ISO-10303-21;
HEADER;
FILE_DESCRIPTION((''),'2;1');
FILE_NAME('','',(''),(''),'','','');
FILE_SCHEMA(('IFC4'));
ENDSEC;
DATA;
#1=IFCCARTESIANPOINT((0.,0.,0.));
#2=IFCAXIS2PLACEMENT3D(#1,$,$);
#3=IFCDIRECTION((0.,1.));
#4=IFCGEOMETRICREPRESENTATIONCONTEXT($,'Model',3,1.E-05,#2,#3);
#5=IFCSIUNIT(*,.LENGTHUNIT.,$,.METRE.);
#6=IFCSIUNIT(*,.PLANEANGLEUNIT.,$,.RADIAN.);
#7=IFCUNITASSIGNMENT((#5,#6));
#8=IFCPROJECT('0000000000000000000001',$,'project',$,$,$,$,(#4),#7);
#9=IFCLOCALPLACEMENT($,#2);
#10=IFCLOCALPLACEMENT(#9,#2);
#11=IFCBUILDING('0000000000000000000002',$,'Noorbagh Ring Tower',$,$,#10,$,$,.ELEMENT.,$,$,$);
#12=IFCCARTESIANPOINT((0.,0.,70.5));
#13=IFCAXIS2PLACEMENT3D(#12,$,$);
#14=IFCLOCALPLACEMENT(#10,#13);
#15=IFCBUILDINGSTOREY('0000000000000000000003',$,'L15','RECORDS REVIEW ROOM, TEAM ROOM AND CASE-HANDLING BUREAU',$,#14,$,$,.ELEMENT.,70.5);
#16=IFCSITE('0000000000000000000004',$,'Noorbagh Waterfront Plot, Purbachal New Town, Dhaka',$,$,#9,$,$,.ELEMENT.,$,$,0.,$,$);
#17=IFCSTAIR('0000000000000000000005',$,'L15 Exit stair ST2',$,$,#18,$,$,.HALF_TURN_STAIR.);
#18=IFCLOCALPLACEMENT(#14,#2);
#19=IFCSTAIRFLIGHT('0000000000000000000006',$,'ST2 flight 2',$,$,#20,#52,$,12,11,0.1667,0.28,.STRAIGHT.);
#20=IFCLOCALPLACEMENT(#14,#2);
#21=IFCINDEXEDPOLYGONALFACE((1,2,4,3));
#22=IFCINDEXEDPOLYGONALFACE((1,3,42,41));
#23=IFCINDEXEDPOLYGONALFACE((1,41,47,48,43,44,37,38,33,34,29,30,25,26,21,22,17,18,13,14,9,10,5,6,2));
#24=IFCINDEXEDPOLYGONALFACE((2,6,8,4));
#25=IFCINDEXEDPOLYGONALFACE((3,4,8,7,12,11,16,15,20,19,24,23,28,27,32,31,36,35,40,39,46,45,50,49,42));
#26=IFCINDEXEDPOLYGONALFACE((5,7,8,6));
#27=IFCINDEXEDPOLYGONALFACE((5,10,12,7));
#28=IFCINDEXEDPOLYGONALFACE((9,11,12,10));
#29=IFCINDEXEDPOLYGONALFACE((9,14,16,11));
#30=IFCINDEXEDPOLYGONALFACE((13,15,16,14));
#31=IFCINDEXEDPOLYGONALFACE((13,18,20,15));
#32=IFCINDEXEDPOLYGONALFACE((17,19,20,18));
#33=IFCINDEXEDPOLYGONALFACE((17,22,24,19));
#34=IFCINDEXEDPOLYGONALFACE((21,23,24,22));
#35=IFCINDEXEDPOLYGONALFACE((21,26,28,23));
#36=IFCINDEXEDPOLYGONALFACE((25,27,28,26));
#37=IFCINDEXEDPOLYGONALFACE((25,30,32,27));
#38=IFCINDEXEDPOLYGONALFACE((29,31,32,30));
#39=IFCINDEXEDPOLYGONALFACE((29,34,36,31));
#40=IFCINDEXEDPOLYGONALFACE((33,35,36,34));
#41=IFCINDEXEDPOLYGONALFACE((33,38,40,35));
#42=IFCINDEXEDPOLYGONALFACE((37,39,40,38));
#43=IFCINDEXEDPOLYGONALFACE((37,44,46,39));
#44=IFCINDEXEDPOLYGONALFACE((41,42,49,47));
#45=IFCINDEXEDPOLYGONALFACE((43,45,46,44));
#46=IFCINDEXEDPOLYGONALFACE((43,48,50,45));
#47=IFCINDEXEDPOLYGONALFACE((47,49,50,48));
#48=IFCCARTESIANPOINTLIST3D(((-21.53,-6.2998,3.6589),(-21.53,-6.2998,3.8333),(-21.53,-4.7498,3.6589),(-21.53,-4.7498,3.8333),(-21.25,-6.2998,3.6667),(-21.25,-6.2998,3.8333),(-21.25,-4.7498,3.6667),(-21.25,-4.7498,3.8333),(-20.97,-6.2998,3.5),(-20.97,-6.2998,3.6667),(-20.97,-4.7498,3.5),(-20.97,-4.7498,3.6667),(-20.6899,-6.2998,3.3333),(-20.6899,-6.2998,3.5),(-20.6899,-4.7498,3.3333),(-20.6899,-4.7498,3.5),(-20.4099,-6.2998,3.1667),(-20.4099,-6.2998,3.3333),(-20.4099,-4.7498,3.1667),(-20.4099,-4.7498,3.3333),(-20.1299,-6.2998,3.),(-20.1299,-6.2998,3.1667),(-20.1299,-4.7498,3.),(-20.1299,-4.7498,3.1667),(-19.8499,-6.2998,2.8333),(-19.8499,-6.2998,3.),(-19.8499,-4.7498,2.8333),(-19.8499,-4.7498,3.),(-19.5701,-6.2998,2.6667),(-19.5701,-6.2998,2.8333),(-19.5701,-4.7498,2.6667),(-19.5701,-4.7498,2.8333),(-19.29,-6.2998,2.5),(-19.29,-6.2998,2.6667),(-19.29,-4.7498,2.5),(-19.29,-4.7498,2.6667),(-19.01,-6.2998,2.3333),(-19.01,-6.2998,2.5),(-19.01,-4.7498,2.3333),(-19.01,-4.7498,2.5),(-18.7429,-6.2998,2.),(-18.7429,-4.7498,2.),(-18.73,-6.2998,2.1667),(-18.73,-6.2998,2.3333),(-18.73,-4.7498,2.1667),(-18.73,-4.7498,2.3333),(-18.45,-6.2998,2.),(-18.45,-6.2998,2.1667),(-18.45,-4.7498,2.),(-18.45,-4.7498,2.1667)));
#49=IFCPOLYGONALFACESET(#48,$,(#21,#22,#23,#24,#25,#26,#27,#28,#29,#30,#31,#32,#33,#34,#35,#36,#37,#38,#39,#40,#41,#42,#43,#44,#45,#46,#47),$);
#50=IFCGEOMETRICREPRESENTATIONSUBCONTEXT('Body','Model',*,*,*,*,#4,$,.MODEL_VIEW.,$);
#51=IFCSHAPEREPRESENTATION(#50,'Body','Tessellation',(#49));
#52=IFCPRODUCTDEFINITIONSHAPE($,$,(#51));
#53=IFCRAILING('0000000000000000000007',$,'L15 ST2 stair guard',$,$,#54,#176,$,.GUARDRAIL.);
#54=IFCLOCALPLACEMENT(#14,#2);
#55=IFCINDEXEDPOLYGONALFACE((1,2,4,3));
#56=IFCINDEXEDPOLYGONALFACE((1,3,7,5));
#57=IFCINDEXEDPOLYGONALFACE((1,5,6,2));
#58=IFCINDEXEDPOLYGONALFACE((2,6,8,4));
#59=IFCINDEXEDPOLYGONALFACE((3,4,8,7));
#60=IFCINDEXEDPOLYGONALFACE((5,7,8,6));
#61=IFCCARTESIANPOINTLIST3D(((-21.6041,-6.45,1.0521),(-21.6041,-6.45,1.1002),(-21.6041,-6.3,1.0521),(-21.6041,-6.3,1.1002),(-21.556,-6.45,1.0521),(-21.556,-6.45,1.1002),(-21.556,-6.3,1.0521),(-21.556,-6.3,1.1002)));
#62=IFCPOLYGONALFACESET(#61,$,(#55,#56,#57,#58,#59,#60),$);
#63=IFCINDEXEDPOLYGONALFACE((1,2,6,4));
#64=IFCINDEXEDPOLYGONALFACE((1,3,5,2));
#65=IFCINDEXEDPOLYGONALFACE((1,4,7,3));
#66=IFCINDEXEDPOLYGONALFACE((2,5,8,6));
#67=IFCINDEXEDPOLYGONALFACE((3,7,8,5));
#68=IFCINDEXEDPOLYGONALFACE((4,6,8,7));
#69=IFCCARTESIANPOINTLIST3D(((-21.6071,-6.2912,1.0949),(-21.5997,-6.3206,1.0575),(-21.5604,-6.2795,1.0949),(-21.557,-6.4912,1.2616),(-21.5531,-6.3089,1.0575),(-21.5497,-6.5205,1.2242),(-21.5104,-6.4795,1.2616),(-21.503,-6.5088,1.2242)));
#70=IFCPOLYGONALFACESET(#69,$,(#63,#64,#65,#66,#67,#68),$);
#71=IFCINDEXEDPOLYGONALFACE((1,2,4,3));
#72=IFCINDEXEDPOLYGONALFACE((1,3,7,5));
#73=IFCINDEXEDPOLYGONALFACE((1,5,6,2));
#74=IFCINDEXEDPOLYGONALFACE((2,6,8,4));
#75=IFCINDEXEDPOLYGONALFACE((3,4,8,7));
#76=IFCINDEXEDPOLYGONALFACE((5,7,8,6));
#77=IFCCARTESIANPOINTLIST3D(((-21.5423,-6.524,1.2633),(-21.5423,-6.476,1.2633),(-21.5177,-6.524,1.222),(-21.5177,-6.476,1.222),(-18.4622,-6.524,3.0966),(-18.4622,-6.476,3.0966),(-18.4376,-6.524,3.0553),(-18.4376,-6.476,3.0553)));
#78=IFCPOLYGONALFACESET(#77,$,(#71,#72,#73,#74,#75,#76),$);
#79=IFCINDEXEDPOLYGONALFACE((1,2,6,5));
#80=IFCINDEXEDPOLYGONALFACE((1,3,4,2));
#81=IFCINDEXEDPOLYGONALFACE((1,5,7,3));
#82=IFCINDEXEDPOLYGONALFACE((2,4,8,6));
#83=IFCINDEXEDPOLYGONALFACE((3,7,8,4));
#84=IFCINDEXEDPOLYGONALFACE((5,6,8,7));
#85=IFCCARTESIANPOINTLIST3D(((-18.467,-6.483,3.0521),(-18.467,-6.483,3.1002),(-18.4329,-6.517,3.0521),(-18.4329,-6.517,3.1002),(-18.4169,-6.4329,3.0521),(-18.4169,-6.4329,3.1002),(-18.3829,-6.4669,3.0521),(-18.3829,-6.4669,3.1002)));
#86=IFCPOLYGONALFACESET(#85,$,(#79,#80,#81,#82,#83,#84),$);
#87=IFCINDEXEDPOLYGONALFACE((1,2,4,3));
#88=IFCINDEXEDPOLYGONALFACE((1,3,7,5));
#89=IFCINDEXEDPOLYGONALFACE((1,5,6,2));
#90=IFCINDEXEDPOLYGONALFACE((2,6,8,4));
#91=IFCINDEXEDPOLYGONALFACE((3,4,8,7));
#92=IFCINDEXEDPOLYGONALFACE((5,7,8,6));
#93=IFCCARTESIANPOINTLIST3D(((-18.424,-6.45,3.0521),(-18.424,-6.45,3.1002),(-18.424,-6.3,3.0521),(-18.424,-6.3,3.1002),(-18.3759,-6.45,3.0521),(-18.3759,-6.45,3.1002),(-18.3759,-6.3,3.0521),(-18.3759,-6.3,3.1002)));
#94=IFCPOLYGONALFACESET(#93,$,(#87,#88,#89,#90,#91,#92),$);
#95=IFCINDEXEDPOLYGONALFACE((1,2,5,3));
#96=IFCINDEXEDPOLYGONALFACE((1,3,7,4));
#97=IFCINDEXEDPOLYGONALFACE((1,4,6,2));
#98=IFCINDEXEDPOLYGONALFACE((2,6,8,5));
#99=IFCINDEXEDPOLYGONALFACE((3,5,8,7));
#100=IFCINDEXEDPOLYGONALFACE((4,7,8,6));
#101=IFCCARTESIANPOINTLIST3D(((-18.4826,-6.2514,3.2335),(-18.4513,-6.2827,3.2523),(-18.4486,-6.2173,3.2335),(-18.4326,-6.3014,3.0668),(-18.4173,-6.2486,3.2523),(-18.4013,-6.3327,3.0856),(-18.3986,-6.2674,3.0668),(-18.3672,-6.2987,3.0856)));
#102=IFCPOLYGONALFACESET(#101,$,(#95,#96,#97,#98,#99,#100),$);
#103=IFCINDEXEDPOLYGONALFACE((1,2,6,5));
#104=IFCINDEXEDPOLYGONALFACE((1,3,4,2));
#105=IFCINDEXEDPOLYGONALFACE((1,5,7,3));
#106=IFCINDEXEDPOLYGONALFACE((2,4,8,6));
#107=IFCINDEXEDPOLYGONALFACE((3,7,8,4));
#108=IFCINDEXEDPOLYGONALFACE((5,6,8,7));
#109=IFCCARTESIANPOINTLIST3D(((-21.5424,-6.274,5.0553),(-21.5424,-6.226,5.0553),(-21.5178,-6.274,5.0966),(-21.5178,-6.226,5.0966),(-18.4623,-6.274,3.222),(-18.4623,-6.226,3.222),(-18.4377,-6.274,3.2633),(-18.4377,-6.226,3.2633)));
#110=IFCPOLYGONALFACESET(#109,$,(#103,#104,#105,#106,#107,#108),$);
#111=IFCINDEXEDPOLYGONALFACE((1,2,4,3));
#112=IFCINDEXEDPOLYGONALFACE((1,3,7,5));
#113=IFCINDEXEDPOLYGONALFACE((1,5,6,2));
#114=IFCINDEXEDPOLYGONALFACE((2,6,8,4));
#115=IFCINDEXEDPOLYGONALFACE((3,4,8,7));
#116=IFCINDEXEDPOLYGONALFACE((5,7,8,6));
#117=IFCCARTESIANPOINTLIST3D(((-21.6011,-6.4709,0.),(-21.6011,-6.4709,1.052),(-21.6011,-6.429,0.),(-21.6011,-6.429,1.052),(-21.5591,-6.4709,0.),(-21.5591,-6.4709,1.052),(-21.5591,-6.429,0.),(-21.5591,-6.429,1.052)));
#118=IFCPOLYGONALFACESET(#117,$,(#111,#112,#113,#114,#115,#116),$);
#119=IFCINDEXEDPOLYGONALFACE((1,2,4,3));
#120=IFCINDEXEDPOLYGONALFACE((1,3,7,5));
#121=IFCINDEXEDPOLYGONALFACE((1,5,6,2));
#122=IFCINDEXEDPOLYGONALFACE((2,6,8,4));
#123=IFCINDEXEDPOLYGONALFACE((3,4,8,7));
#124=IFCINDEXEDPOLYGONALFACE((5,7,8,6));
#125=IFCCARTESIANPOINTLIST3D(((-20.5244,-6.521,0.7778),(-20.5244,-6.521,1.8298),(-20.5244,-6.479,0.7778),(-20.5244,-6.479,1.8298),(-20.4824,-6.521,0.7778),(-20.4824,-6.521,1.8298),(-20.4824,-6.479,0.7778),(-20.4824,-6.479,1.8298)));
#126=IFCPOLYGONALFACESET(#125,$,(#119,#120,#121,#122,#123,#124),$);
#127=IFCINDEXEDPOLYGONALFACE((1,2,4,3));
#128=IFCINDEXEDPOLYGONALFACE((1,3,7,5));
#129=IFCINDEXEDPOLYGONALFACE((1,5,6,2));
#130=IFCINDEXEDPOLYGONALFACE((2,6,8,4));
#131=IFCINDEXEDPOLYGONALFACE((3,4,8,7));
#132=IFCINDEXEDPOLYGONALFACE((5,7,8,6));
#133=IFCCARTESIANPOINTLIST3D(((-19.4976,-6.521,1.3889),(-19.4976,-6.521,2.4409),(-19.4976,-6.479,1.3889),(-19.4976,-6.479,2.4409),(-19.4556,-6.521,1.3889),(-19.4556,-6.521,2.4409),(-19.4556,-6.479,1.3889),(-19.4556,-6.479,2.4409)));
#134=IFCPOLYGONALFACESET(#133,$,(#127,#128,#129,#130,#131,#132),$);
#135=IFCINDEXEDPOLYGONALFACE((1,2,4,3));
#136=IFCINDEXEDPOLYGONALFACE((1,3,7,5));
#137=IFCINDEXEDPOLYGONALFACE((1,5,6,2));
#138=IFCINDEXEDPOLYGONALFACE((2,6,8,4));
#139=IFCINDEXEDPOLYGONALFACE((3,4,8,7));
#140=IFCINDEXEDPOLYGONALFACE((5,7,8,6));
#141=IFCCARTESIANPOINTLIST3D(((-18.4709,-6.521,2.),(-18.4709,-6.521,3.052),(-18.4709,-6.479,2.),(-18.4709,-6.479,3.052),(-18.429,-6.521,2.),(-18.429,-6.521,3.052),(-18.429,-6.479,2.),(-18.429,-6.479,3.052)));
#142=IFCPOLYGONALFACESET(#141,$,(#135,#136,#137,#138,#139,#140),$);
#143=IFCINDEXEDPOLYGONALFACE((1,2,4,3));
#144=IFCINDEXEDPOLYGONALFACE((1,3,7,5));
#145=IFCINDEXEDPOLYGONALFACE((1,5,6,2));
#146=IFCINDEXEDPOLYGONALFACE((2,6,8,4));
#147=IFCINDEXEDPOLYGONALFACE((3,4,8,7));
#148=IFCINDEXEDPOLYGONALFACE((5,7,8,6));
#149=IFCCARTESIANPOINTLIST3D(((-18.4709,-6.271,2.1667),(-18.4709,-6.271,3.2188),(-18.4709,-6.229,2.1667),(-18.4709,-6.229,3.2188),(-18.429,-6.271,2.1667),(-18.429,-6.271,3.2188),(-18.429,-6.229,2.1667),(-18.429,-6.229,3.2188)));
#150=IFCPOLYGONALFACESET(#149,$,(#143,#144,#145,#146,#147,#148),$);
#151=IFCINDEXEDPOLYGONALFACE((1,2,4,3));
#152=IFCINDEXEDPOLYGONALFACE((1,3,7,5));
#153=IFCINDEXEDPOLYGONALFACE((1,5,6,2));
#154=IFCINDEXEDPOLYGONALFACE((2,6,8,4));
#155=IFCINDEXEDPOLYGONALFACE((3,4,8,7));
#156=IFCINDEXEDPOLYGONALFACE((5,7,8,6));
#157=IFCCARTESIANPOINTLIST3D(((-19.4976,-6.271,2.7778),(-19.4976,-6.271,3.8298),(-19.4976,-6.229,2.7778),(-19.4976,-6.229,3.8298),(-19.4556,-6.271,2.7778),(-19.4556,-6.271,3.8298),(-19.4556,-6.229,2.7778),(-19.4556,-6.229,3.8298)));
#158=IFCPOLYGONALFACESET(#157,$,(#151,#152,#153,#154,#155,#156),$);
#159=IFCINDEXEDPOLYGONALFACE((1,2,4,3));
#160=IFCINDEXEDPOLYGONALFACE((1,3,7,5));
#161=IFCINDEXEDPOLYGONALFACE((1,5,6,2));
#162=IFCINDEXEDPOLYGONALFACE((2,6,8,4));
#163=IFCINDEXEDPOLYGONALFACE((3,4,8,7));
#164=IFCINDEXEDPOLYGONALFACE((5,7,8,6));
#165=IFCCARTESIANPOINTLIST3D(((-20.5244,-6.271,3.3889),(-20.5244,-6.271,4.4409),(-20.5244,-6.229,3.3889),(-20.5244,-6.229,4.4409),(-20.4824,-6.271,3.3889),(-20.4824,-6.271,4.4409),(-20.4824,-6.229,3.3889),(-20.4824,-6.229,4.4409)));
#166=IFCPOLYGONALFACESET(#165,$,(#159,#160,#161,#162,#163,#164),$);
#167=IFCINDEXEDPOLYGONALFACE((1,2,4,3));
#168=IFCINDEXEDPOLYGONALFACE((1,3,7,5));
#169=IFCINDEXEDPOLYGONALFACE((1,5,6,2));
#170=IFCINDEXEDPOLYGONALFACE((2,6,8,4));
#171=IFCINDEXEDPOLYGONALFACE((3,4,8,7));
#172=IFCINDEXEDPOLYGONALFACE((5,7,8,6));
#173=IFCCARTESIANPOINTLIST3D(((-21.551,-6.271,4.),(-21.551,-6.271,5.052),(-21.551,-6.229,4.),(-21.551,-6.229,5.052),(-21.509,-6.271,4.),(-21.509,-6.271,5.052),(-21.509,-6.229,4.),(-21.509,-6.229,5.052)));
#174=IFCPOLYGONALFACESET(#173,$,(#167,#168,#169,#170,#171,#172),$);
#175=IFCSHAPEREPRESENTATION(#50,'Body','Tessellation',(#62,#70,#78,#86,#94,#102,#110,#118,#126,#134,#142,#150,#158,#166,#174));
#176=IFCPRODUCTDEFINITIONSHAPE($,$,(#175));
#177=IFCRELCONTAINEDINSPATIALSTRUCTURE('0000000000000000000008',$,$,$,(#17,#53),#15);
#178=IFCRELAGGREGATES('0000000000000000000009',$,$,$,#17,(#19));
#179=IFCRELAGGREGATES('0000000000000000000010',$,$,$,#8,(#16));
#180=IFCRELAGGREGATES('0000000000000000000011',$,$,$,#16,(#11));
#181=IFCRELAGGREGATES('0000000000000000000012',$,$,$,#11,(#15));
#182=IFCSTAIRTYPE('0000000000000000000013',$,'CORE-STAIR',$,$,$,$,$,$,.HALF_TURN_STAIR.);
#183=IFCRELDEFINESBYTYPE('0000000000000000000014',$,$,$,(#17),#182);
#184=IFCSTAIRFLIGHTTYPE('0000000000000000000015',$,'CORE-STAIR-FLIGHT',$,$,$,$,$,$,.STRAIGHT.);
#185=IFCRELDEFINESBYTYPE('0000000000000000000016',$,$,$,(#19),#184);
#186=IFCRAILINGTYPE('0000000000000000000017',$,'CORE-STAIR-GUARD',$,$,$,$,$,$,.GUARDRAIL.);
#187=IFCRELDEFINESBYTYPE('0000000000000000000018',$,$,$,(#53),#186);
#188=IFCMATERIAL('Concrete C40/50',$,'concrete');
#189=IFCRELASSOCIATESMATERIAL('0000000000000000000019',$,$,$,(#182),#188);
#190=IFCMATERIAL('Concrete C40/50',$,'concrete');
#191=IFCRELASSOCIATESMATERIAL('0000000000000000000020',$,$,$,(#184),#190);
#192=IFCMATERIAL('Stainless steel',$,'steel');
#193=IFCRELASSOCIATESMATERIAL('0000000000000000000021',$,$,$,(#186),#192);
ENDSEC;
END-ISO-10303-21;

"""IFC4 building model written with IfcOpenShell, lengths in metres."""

from ifc_helpers import new_model, si_unit, direction, frame, origin, origin_2d, place, context, subcontext, project, spatial, polyline, rectangle, outline, extrude, material, type_object, element, aggregate, save


model = new_model("IFC4")

# Units and contexts
model_context = context("Model", 3, precision=1e-05, world=origin(), true_north=direction((0.0, 1.0)))
body_context = subcontext(model_context, "Body", "Model", "MODEL_VIEW")
ifc_project = project(units=[si_unit("LENGTHUNIT", "METRE"), si_unit("PLANEANGLEUNIT", "RADIAN")], contexts=[model_context])

# Site, building, storey
site_placement = place(None, origin())
site = spatial("IfcSite", under=ifc_project, at=site_placement, Name="Noorbagh Waterfront Plot, Purbachal New Town, Dhaka", CompositionType="ELEMENT", RefElevation=0.0)
building_placement = place(site_placement, origin())
building = spatial("IfcBuilding", under=site, at=building_placement, Name="Noorbagh Ring Tower", CompositionType="ELEMENT")
storey_placement = place(building_placement, frame((0.0, 0.0, 70.5)))
storey = spatial("IfcBuildingStorey", under=building, at=storey_placement, Name="L15", Description="RECORDS REVIEW ROOM, TEAM ROOM AND CASE-HANDLING BUREAU", CompositionType="ELEMENT", Elevation=70.5)

# Stair, stair flight
ifc_material_1 = material(Name="Concrete C40/50", Category="concrete")
stair_type = type_object("IfcStairType", Name="CORE-STAIR", PredefinedType="HALF_TURN_STAIR", material=ifc_material_1)
stair_placement = place(storey_placement, origin())
stair = element("IfcStair", 1, at=stair_placement, inside=storey, type_object=stair_type, Name="L15 Exit stair ST2", PredefinedType="HALF_TURN_STAIR")
ifc_material_2 = material(Name="Concrete C40/50", Category="concrete")
stair_flight_type = type_object("IfcStairFlightType", Name="CORE-STAIR-FLIGHT", PredefinedType="STRAIGHT", material=ifc_material_2)
stair_flight_1_placement = place(storey_placement, frame((-18.45, -5.5249, 2.0), z_axis=(0.0, 0.0, 1.0), x_axis=(-1.0, 0.0, 0.0)))
stair_flight_1 = element("IfcStairFlight", 2, at=stair_flight_1_placement, type_object=stair_flight_type, Name="ST2 flight 2", NumberOfRisers=12, NumberOfTreads=11, PredefinedType="STRAIGHT", RiserHeight=0.1667, TreadLength=0.28, context=body_context, shape_type="SweptSolid", body=[
    extrude(outline(polyline([(0.0, 0.0), (0.0, 0.1667), (0.28, 0.1667), (0.28, 0.3333), (0.5601, 0.3333), (0.5601, 0.5), (0.8401, 0.5), (0.8401, 0.6667), (1.1201, 0.6667), (1.1201, 0.8333), (1.3999, 0.8333), (1.3999, 1.0), (1.6799, 1.0), (1.6799, 1.1667), (1.96, 1.1667), (1.96, 1.3333), (2.24, 1.3333), (2.24, 1.5), (2.52, 1.5), (2.52, 1.6667), (2.8, 1.6667), (2.8, 1.8333), (3.0801, 1.8333), (3.0801, 2.0), (3.0801, 1.6589), (0.293, 0.0), (0.0, 0.0)])), frame((0.0, 0.7749, 0.0), z_axis=(0.0, -1.0, 0.0), x_axis=(1.0, 0.0, 0.0)), (0.0, 0.0, 1.0), 1.55),
])
aggregate(stair, [stair_flight_1])

# Railing
ifc_material_3 = material(Name="Stainless steel", Category="steel")
railing_type_1 = type_object("IfcRailingType", Name="CORE-STAIR-GUARD", PredefinedType="GUARDRAIL", material=ifc_material_3)
railing_1_placement = place(storey_placement, frame((-21.5801, -6.45, 0.0)))
element("IfcRailing", 3, at=railing_1_placement, inside=storey, type_object=railing_type_1, Name="L15 ST2 stair guard", PredefinedType="GUARDRAIL", context=body_context, shape_type="SweptSolid", body=[
    extrude(rectangle(XDim=0.0481, YDim=0.0481, at=origin_2d()), frame((0.0, 0.0, 1.0762), z_axis=(0.0, 1.0, 0.0), x_axis=(-1.0, 0.0, 0.0)), (0.0, 0.0, 1.0), 0.1499),
    extrude(rectangle(XDim=0.0481, YDim=0.0481, at=origin_2d()), frame((0.0, 0.1499, 1.0762), z_axis=(0.188776, -0.754182, 0.628946), x_axis=(0.970073, 0.242814, 0.0)), (0.0, 0.0, 1.0), 0.2651),
    extrude(rectangle(XDim=0.0481, YDim=0.0481, at=origin_2d()), frame((0.05, -0.05, 1.2427), z_axis=(0.859309, 0.0, 0.511458), x_axis=(0.0, 1.0, 0.0)), (0.0, 0.0, 1.0), 3.5845),
    extrude(rectangle(XDim=0.0481, YDim=0.0481, at=origin_2d()), frame((3.1301, -0.05, 3.0762), z_axis=(0.707107, 0.707107, 0.0), x_axis=(-0.707107, 0.707107, 0.0)), (0.0, 0.0, 1.0), 0.0708),
    extrude(rectangle(XDim=0.0481, YDim=0.0481, at=origin_2d()), frame((3.1802, 0.0, 3.0762), z_axis=(0.0, 1.0, 0.0), x_axis=(-1.0, 0.0, 0.0)), (0.0, 0.0, 1.0), 0.1499),
    extrude(rectangle(XDim=0.0481, YDim=0.0481, at=origin_2d()), frame((3.1802, 0.1499, 3.0762), z_axis=(-0.276287, 0.276287, 0.920506), x_axis=(-0.707107, -0.707107, 0.0)), (0.0, 0.0, 1.0), 0.1812),
    extrude(rectangle(XDim=0.0481, YDim=0.0481, at=origin_2d()), frame((3.1301, 0.2, 3.2427), z_axis=(-0.859309, 0.0, 0.511458), x_axis=(0.0, -1.0, 0.0)), (0.0, 0.0, 1.0), 3.5845),
    extrude(rectangle(XDim=0.042, YDim=0.042, at=origin_2d()), origin(), (0.0, 0.0, 1.0), 1.052),
    extrude(rectangle(XDim=0.042, YDim=0.042, at=origin_2d()), frame((1.0767, -0.05, 0.7778)), (0.0, 0.0, 1.0), 1.052),
    extrude(rectangle(XDim=0.042, YDim=0.042, at=origin_2d()), frame((2.1035, -0.05, 1.3889)), (0.0, 0.0, 1.0), 1.052),
    extrude(rectangle(XDim=0.042, YDim=0.042, at=origin_2d()), frame((3.1301, -0.05, 2.0)), (0.0, 0.0, 1.0), 1.052),
    extrude(rectangle(XDim=0.042, YDim=0.042, at=origin_2d()), frame((3.1301, 0.2, 2.1667)), (0.0, 0.0, 1.0), 1.052),
    extrude(rectangle(XDim=0.042, YDim=0.042, at=origin_2d()), frame((2.1035, 0.2, 2.7778)), (0.0, 0.0, 1.0), 1.052),
    extrude(rectangle(XDim=0.042, YDim=0.042, at=origin_2d()), frame((1.0767, 0.2, 3.3889)), (0.0, 0.0, 1.0), 1.052),
    extrude(rectangle(XDim=0.042, YDim=0.042, at=origin_2d()), frame((0.05, 0.2, 4.0)), (0.0, 0.0, 1.0), 1.052),
])

save(model, "model.ifc")
